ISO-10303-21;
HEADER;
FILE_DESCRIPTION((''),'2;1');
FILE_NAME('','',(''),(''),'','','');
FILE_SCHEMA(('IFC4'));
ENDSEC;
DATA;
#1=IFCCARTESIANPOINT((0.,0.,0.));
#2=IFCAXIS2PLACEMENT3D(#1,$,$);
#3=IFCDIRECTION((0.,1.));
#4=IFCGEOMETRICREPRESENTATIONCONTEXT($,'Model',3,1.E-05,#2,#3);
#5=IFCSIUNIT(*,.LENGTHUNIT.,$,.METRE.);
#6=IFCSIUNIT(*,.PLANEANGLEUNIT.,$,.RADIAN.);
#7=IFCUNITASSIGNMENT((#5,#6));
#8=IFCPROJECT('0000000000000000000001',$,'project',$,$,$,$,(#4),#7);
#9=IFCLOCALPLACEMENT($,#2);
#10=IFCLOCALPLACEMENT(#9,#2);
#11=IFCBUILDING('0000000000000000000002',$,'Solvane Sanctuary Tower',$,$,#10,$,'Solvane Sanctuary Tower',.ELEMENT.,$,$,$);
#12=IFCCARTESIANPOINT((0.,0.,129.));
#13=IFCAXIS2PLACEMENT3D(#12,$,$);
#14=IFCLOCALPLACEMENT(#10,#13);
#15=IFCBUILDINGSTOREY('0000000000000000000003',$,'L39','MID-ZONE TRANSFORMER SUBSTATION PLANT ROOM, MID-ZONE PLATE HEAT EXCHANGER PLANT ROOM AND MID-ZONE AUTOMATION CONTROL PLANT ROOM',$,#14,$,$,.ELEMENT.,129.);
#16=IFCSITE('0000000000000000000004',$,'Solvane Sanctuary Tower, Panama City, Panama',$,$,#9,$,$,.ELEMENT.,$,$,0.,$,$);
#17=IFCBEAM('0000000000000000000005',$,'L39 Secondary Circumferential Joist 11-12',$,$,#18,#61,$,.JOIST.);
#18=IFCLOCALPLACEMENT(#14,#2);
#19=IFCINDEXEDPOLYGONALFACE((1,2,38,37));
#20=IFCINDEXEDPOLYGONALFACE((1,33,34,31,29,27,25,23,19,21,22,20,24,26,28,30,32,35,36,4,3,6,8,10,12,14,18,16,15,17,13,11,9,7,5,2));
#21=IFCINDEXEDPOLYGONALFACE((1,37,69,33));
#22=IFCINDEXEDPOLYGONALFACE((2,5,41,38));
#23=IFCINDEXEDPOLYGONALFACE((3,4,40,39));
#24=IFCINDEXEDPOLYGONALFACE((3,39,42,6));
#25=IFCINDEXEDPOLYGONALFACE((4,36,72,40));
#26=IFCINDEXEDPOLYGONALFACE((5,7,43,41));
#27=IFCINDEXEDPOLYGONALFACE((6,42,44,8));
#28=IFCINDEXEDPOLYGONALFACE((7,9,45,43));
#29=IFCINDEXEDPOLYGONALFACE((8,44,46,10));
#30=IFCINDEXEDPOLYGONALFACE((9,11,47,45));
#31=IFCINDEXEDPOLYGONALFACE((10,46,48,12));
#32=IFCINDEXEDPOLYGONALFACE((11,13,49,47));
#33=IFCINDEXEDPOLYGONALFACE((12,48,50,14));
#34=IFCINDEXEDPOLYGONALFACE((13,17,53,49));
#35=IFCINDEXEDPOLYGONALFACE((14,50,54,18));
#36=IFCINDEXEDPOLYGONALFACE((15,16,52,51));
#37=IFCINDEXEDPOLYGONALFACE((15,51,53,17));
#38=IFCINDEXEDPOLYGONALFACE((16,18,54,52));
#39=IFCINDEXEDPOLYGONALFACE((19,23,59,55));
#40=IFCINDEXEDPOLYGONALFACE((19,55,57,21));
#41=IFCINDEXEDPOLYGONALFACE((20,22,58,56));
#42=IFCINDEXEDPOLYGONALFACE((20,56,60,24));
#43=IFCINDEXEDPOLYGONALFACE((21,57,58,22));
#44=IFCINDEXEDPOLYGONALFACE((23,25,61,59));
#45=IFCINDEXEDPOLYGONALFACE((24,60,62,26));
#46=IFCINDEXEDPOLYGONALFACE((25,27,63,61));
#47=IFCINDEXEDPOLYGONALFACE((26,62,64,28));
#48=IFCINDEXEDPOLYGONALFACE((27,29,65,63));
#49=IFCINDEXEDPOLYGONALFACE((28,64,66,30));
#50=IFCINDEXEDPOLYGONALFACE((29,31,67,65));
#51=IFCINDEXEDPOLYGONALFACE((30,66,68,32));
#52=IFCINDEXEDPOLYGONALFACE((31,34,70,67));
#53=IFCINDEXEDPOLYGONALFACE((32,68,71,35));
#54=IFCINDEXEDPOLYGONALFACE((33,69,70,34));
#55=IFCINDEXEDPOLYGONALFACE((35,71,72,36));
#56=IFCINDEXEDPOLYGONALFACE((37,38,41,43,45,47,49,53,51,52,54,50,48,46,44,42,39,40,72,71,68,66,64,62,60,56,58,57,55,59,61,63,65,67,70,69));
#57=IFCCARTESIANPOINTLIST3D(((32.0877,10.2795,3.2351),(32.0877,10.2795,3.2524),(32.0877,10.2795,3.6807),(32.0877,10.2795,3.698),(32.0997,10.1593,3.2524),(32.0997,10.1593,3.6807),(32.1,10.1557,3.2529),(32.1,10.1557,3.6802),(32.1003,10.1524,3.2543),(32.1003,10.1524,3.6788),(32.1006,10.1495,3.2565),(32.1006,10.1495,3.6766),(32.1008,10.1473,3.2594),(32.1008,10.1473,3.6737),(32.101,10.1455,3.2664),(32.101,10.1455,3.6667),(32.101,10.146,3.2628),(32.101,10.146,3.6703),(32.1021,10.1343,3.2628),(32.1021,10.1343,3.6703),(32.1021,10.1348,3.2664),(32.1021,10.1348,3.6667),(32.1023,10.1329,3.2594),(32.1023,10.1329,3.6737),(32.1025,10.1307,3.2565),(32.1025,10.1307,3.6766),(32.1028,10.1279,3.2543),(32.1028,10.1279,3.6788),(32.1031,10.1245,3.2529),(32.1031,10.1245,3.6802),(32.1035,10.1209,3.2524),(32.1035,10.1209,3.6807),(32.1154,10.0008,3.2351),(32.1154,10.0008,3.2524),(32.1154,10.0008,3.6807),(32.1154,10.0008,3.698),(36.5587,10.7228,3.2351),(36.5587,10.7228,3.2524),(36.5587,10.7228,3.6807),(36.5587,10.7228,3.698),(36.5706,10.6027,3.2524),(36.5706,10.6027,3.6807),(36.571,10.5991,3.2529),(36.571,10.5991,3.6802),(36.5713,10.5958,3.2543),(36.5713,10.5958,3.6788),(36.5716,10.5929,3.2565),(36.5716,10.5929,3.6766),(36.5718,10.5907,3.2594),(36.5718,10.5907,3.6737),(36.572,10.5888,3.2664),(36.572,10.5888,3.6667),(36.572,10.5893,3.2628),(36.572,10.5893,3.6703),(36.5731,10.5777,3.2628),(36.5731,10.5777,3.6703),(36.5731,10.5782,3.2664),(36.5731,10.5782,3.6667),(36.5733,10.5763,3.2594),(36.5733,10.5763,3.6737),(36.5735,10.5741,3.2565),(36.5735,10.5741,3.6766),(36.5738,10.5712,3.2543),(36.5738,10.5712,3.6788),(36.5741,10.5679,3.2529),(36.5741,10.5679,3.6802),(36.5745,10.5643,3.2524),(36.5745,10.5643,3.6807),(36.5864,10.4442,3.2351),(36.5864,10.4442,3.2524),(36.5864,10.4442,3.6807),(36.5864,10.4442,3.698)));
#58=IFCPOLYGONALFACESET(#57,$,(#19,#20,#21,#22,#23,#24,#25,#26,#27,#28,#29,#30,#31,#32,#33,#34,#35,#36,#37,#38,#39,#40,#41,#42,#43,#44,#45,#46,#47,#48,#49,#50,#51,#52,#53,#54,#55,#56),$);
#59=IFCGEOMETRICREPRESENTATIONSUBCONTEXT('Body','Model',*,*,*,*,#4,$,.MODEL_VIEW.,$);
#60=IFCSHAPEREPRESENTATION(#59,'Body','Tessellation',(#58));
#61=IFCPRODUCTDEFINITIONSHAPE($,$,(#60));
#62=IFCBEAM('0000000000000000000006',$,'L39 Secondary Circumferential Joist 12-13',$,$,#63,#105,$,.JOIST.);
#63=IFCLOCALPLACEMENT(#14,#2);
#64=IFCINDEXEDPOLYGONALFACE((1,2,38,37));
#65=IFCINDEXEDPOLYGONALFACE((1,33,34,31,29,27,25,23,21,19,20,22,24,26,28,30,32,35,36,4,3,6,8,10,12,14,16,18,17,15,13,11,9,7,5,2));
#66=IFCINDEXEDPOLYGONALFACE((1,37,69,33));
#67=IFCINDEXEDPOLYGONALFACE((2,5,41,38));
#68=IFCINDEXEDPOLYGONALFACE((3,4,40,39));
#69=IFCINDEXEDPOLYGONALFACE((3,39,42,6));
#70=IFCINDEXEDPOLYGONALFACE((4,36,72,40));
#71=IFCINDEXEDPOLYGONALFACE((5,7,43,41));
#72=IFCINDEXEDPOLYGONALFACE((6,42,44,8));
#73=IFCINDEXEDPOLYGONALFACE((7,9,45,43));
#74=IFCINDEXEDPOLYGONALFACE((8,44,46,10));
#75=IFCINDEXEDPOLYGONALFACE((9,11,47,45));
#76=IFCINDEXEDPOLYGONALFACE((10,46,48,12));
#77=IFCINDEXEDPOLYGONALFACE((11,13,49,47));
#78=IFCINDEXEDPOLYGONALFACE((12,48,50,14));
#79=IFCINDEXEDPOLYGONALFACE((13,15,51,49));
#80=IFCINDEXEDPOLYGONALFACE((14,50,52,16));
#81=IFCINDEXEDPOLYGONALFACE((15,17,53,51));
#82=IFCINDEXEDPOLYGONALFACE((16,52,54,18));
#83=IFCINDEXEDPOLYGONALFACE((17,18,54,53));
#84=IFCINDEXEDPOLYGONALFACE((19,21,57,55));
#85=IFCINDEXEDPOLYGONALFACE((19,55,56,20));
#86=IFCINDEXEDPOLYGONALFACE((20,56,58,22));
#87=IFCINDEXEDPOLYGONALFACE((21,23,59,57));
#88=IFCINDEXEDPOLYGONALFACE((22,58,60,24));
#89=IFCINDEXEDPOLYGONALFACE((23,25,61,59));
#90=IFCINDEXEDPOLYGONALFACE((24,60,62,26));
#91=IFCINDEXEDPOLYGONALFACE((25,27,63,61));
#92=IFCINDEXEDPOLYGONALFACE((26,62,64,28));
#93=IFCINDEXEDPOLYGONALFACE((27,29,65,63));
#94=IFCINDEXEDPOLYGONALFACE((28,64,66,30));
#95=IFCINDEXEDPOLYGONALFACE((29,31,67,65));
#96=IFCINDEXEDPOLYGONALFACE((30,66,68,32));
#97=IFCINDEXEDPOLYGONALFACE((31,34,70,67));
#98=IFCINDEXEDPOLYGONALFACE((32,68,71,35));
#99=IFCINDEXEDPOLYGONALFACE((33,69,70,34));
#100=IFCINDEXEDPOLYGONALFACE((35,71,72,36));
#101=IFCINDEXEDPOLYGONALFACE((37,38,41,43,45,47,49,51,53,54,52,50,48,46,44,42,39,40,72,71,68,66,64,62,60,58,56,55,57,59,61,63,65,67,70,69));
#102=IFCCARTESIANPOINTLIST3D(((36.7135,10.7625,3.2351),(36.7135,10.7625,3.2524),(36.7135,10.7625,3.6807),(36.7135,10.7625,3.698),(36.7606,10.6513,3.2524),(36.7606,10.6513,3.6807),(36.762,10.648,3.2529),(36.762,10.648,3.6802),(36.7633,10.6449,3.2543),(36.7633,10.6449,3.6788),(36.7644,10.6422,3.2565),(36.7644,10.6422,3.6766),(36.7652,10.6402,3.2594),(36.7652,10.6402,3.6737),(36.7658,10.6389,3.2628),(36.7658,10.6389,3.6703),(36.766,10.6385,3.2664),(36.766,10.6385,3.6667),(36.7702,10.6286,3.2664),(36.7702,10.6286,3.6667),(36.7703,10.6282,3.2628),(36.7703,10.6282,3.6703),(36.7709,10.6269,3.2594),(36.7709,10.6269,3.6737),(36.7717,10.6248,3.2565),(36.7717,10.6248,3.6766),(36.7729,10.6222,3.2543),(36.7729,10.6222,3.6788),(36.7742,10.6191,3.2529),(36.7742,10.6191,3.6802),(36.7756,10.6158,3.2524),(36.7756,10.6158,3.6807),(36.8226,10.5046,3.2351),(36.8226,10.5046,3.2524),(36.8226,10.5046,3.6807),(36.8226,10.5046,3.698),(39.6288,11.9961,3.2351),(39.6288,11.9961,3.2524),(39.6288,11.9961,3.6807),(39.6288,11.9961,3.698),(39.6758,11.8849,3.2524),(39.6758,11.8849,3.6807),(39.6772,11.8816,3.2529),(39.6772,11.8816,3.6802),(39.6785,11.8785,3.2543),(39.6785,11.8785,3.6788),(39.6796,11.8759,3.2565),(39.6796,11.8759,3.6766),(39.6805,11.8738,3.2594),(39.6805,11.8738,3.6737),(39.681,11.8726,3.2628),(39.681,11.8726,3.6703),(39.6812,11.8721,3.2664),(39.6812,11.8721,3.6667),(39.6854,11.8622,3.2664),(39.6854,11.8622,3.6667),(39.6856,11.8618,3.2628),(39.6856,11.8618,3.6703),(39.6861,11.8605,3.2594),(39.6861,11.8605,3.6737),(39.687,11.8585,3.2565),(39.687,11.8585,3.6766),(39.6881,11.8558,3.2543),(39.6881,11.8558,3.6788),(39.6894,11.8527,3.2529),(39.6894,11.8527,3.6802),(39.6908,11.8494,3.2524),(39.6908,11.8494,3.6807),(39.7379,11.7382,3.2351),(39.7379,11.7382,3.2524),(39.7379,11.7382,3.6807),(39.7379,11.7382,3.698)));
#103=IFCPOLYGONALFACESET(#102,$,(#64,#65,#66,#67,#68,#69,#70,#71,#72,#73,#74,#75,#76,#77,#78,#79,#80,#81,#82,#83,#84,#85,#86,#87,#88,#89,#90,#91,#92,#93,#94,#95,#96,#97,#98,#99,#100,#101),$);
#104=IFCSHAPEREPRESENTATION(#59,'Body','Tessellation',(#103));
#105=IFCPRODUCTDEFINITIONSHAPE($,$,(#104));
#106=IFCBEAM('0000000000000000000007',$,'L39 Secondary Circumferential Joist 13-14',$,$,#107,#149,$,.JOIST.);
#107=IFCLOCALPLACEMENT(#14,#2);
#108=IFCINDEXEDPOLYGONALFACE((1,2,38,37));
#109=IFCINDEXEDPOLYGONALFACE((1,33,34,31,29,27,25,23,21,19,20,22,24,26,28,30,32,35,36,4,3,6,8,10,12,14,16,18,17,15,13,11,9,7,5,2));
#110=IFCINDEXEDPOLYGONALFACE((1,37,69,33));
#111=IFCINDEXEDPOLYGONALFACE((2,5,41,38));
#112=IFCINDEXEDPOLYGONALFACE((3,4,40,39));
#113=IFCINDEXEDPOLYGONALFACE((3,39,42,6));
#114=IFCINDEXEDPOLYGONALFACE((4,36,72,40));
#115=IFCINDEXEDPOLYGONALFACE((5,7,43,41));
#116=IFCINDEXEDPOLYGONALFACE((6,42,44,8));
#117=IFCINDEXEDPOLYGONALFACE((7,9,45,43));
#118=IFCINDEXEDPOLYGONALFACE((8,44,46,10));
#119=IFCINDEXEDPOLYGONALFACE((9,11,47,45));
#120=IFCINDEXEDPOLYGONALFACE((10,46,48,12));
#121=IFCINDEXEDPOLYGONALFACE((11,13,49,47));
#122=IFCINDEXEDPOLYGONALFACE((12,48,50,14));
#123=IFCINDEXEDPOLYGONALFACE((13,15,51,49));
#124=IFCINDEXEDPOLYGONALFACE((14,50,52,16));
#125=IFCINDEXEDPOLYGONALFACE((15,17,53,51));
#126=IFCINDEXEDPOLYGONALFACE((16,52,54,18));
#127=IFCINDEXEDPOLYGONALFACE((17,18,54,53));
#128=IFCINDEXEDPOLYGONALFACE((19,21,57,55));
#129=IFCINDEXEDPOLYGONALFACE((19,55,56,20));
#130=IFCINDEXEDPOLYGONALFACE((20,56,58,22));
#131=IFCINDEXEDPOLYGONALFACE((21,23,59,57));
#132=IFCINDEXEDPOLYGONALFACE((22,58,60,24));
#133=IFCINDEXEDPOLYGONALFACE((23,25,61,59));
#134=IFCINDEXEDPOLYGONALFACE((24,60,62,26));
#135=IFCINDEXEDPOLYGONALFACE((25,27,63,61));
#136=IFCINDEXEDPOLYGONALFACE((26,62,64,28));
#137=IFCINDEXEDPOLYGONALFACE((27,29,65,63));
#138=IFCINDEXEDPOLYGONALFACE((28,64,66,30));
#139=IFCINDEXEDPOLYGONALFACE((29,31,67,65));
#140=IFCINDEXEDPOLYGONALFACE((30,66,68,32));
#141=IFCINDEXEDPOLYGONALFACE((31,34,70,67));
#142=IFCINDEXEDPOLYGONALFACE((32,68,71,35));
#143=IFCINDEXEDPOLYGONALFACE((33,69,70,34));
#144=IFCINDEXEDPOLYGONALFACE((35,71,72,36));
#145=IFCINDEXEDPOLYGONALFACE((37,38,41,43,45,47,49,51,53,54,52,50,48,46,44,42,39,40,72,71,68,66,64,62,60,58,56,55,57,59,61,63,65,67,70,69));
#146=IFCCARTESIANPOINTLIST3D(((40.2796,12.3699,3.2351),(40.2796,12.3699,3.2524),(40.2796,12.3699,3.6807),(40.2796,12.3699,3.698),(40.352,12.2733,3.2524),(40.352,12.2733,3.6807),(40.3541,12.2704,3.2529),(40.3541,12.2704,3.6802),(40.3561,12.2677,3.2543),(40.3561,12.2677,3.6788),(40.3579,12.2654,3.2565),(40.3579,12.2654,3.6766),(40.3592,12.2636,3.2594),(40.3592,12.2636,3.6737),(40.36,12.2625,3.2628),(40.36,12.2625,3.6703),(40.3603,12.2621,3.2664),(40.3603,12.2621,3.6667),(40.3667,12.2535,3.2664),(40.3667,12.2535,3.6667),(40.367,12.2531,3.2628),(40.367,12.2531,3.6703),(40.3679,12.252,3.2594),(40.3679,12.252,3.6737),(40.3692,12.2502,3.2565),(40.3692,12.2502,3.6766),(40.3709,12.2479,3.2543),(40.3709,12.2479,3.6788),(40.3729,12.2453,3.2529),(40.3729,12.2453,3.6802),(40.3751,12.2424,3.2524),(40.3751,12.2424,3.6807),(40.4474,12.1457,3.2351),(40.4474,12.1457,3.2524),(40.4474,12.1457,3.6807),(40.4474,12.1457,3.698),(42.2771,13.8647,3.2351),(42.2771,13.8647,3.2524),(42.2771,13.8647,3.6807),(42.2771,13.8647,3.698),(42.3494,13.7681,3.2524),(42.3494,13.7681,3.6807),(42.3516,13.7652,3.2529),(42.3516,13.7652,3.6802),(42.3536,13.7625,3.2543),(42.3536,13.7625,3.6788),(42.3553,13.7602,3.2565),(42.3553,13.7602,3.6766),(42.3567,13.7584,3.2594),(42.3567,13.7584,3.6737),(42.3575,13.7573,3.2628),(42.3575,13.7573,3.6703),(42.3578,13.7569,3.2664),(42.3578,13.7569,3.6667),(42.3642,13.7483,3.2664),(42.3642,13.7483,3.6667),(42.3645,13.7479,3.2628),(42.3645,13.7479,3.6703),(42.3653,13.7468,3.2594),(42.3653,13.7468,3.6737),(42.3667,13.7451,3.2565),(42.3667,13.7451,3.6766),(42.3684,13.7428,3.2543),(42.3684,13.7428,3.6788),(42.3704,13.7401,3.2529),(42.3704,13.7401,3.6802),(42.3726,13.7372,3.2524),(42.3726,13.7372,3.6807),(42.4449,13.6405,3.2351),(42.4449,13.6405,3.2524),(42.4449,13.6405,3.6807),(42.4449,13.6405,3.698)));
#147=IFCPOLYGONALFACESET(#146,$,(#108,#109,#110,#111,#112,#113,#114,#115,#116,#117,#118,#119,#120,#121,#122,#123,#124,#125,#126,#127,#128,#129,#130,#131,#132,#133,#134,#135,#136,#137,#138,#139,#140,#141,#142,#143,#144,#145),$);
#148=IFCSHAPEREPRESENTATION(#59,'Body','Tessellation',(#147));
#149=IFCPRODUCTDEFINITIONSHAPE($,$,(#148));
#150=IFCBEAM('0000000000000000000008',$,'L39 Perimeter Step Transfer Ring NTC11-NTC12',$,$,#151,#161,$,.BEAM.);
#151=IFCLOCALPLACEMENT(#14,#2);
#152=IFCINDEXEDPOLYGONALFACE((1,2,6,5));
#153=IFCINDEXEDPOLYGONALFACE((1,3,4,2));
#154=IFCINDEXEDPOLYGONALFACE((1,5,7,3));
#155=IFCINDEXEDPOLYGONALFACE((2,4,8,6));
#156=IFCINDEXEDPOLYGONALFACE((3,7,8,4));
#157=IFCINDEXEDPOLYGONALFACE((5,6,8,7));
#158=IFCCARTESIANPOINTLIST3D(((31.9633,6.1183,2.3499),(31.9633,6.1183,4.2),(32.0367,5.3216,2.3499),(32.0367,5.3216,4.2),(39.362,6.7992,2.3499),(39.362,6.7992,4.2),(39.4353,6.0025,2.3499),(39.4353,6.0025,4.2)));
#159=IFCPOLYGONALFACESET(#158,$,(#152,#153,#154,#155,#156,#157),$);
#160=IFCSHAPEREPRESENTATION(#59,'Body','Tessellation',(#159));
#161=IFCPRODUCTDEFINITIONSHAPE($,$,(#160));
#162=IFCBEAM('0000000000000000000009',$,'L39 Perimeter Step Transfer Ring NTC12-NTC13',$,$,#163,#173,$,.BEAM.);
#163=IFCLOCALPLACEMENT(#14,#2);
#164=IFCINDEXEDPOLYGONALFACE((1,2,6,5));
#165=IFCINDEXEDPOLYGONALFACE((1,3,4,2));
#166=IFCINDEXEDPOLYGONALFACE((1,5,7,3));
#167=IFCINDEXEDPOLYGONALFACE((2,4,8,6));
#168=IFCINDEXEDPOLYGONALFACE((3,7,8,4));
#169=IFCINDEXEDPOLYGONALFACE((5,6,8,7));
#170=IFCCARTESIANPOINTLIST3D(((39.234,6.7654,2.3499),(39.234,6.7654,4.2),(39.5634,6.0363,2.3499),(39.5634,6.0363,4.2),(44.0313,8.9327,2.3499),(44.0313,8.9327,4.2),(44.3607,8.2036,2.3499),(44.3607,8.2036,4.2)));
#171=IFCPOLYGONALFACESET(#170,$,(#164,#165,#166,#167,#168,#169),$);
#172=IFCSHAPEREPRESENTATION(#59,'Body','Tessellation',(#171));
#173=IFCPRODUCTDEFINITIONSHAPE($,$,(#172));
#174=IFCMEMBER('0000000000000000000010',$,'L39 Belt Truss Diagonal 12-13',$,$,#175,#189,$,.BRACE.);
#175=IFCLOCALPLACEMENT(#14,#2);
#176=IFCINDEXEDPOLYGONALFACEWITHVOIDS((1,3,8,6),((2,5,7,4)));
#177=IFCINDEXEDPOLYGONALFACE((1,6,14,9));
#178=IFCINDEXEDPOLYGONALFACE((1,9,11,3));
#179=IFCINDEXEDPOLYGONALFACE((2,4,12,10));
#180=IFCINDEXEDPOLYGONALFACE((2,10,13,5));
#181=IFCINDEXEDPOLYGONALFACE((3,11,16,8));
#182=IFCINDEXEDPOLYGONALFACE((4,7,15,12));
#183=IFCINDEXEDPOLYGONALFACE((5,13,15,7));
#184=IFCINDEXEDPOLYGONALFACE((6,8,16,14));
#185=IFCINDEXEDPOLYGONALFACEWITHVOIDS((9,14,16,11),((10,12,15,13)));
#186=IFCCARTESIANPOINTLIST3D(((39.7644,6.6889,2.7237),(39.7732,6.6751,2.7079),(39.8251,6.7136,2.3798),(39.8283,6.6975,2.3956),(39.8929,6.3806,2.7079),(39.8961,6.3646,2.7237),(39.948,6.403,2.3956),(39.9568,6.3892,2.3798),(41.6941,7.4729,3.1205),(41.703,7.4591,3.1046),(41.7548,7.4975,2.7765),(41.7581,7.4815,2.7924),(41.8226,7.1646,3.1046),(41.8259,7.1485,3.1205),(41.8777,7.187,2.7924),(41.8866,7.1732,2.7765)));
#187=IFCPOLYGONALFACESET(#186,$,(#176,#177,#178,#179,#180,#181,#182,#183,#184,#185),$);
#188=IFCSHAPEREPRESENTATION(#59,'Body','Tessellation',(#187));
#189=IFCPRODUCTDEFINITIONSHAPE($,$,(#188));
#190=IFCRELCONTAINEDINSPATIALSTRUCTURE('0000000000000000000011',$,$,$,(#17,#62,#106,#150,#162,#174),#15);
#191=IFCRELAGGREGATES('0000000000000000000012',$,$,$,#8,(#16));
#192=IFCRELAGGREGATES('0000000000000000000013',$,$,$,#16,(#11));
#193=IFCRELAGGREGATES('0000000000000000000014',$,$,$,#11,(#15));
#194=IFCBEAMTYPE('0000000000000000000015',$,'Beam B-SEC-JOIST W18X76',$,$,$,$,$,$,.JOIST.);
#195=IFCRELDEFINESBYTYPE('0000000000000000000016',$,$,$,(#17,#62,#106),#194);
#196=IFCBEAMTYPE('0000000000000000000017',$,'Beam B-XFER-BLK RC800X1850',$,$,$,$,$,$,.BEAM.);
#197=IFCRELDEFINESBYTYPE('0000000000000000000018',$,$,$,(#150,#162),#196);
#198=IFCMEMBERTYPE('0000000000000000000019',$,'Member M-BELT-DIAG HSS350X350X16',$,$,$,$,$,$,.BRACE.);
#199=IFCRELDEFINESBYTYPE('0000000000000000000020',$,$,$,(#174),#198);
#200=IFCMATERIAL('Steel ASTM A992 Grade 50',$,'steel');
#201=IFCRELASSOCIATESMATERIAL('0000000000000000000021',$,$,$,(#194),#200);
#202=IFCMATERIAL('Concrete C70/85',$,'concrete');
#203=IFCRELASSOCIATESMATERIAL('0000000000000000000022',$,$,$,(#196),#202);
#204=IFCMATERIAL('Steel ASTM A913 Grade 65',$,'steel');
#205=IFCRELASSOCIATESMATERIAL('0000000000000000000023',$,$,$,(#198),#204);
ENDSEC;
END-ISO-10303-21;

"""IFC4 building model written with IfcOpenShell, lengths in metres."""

from ifc_helpers import new_model, si_unit, direction, frame, origin, origin_2d, place, context, subcontext, project, spatial, rectangle, hollow_rectangle, i_section, extrude, material, material_profile, profile_set, type_object, element, save


model = new_model("IFC4")

# Units and contexts
model_context = context("Model", 3, precision=1e-05, world=origin(), true_north=direction((0.0, 1.0)))
body_context = subcontext(model_context, "Body", "Model", "MODEL_VIEW")
ifc_project = project(units=[si_unit("LENGTHUNIT", "METRE"), si_unit("PLANEANGLEUNIT", "RADIAN")], contexts=[model_context])

# Site, building, storey
site_placement = place(None, origin())
site = spatial("IfcSite", under=ifc_project, at=site_placement, Name="Solvane Sanctuary Tower, Panama City, Panama", CompositionType="ELEMENT", RefElevation=0.0)
building_placement = place(site_placement, origin())
building = spatial("IfcBuilding", under=site, at=building_placement, Name="Solvane Sanctuary Tower", LongName="Solvane Sanctuary Tower", CompositionType="ELEMENT")
storey_placement = place(building_placement, frame((0.0, 0.0, 129.0)))
storey = spatial("IfcBuildingStorey", under=building, at=storey_placement, Name="L39", Description="MID-ZONE TRANSFORMER SUBSTATION PLANT ROOM, MID-ZONE PLATE HEAT EXCHANGER PLANT ROOM AND MID-ZONE AUTOMATION CONTROL PLANT ROOM", CompositionType="ELEMENT", Elevation=129.0)

# Beams
ifc_material_1 = material(Name="Steel ASTM A913 Grade 65", Category="steel")
ifc_material_2 = material(Name="Steel ASTM A992 Grade 50", Category="steel")
ifc_material_profile_1 = material_profile(ifc_material_2, i_section(OverallWidth=0.28, OverallDepth=0.4629, WebThickness=0.0107, FlangeThickness=0.0173, FilletRadius=0.0139, at=origin_2d()), Name="W18X76")
ifc_profile_set_1 = profile_set([ifc_material_profile_1], Name="Steel ASTM A992 Grade 50")
beam_type_1 = type_object("IfcBeamType", Name="Beam B-SEC-JOIST W18X76", PredefinedType="JOIST", material=ifc_profile_set_1)
beam_1_placement = place(storey_placement, frame((32.1016, 10.1401, 3.4666), z_axis=(0.995119, 0.098681, 0.0), x_axis=(-0.098681, 0.995119, 0.0)))
element("IfcBeam", 1, at=beam_1_placement, inside=storey, type_object=beam_type_1, Name="L39 Secondary Circumferential Joist 11-12", PredefinedType="JOIST", context=body_context, shape_type="SweptSolid", body=[
    extrude(i_section(OverallWidth=0.28, OverallDepth=0.4629, WebThickness=0.0107, FlangeThickness=0.0173, FilletRadius=0.0139, at=origin_2d()), origin(), (0.0, 0.0, 1.0), 4.4929),
])
beam_2_placement = place(storey_placement, frame((36.7681, 10.6335, 3.4666), z_axis=(0.920939, 0.389708, 0.0), x_axis=(-0.389708, 0.920939, 0.0)))
element("IfcBeam", 2, at=beam_2_placement, inside=storey, type_object=beam_type_1, Name="L39 Secondary Circumferential Joist 12-13", PredefinedType="JOIST", context=body_context, shape_type="SweptSolid", body=[
    extrude(i_section(OverallWidth=0.28, OverallDepth=0.4629, WebThickness=0.0107, FlangeThickness=0.0173, FilletRadius=0.0139, at=origin_2d()), origin(), (0.0, 0.0, 1.0), 3.1655),
])
beam_3_placement = place(storey_placement, frame((40.3635, 12.2578, 3.4666), z_axis=(0.800634, 0.599154, 0.0), x_axis=(-0.599154, 0.800634, 0.0)))
element("IfcBeam", 3, at=beam_3_placement, inside=storey, type_object=beam_type_1, Name="L39 Secondary Circumferential Joist 13-14", PredefinedType="JOIST", context=body_context, shape_type="SweptSolid", body=[
    extrude(i_section(OverallWidth=0.28, OverallDepth=0.4629, WebThickness=0.0107, FlangeThickness=0.0173, FilletRadius=0.0139, at=origin_2d()), origin(), (0.0, 0.0, 1.0), 2.4949),
])
ifc_material_3 = material(Name="Concrete C70/85", Category="concrete")
ifc_material_profile_2 = material_profile(ifc_material_3, rectangle(XDim=0.8, YDim=1.8501, at=origin_2d()), Name="RC800X1850")
ifc_profile_set_2 = profile_set([ifc_material_profile_2], Name="Concrete C70/85")
beam_type_2 = type_object("IfcBeamType", Name="Beam B-XFER-BLK RC800X1850", PredefinedType="BEAM", material=ifc_profile_set_2)
beam_4_placement = place(storey_placement, frame((32.0, 5.72, 3.2749), z_axis=(0.995792, 0.091644, 0.0), x_axis=(-0.091644, 0.995792, 0.0)))
element("IfcBeam", 4, at=beam_4_placement, inside=storey, type_object=beam_type_2, Name="L39 Perimeter Step Transfer Ring NTC11-NTC12", PredefinedType="BEAM", context=body_context, shape_type="SweptSolid", body=[
    extrude(rectangle(XDim=0.8, YDim=1.8501, at=origin_2d()), origin(), (0.0, 0.0, 1.0), 7.4299),
])
beam_5_placement = place(storey_placement, frame((39.3987, 6.4009, 3.2749), z_axis=(0.911322, 0.411695, 0.0), x_axis=(-0.411695, 0.911322, 0.0)))
element("IfcBeam", 5, at=beam_5_placement, inside=storey, type_object=beam_type_2, Name="L39 Perimeter Step Transfer Ring NTC12-NTC13", PredefinedType="BEAM", context=body_context, shape_type="SweptSolid", body=[
    extrude(rectangle(XDim=0.8, YDim=1.8501, at=origin_2d()), origin(), (0.0, 0.0, 1.0), 5.2642),
])

# Member
ifc_material_profile_3 = material_profile(ifc_material_1, hollow_rectangle(XDim=0.3501, YDim=0.3501, WallThickness=0.0161, at=origin_2d()), Name="HSS350X350X16")
ifc_profile_set_3 = profile_set([ifc_material_profile_3], Name="Steel ASTM A913 Grade 65")
member_type = type_object("IfcMemberType", Name="Member M-BELT-DIAG HSS350X350X16", PredefinedType="BRACE", material=ifc_profile_set_3)
member_placement = place(storey_placement, frame((39.8606, 6.5391, 2.5518), z_axis=(0.910104, 0.36973, 0.18711), x_axis=(-0.376377, 0.926467, 0.0)))
element("IfcMember", 6, at=member_placement, inside=storey, type_object=member_type, Name="L39 Belt Truss Diagonal 12-13", PredefinedType="BRACE", context=body_context, shape_type="SweptSolid", body=[
    extrude(hollow_rectangle(XDim=0.3501, YDim=0.3501, WallThickness=0.0161, at=origin_2d()), origin(), (0.0, 0.0, 1.0), 2.1204),
])

save(model, "model.ifc")
